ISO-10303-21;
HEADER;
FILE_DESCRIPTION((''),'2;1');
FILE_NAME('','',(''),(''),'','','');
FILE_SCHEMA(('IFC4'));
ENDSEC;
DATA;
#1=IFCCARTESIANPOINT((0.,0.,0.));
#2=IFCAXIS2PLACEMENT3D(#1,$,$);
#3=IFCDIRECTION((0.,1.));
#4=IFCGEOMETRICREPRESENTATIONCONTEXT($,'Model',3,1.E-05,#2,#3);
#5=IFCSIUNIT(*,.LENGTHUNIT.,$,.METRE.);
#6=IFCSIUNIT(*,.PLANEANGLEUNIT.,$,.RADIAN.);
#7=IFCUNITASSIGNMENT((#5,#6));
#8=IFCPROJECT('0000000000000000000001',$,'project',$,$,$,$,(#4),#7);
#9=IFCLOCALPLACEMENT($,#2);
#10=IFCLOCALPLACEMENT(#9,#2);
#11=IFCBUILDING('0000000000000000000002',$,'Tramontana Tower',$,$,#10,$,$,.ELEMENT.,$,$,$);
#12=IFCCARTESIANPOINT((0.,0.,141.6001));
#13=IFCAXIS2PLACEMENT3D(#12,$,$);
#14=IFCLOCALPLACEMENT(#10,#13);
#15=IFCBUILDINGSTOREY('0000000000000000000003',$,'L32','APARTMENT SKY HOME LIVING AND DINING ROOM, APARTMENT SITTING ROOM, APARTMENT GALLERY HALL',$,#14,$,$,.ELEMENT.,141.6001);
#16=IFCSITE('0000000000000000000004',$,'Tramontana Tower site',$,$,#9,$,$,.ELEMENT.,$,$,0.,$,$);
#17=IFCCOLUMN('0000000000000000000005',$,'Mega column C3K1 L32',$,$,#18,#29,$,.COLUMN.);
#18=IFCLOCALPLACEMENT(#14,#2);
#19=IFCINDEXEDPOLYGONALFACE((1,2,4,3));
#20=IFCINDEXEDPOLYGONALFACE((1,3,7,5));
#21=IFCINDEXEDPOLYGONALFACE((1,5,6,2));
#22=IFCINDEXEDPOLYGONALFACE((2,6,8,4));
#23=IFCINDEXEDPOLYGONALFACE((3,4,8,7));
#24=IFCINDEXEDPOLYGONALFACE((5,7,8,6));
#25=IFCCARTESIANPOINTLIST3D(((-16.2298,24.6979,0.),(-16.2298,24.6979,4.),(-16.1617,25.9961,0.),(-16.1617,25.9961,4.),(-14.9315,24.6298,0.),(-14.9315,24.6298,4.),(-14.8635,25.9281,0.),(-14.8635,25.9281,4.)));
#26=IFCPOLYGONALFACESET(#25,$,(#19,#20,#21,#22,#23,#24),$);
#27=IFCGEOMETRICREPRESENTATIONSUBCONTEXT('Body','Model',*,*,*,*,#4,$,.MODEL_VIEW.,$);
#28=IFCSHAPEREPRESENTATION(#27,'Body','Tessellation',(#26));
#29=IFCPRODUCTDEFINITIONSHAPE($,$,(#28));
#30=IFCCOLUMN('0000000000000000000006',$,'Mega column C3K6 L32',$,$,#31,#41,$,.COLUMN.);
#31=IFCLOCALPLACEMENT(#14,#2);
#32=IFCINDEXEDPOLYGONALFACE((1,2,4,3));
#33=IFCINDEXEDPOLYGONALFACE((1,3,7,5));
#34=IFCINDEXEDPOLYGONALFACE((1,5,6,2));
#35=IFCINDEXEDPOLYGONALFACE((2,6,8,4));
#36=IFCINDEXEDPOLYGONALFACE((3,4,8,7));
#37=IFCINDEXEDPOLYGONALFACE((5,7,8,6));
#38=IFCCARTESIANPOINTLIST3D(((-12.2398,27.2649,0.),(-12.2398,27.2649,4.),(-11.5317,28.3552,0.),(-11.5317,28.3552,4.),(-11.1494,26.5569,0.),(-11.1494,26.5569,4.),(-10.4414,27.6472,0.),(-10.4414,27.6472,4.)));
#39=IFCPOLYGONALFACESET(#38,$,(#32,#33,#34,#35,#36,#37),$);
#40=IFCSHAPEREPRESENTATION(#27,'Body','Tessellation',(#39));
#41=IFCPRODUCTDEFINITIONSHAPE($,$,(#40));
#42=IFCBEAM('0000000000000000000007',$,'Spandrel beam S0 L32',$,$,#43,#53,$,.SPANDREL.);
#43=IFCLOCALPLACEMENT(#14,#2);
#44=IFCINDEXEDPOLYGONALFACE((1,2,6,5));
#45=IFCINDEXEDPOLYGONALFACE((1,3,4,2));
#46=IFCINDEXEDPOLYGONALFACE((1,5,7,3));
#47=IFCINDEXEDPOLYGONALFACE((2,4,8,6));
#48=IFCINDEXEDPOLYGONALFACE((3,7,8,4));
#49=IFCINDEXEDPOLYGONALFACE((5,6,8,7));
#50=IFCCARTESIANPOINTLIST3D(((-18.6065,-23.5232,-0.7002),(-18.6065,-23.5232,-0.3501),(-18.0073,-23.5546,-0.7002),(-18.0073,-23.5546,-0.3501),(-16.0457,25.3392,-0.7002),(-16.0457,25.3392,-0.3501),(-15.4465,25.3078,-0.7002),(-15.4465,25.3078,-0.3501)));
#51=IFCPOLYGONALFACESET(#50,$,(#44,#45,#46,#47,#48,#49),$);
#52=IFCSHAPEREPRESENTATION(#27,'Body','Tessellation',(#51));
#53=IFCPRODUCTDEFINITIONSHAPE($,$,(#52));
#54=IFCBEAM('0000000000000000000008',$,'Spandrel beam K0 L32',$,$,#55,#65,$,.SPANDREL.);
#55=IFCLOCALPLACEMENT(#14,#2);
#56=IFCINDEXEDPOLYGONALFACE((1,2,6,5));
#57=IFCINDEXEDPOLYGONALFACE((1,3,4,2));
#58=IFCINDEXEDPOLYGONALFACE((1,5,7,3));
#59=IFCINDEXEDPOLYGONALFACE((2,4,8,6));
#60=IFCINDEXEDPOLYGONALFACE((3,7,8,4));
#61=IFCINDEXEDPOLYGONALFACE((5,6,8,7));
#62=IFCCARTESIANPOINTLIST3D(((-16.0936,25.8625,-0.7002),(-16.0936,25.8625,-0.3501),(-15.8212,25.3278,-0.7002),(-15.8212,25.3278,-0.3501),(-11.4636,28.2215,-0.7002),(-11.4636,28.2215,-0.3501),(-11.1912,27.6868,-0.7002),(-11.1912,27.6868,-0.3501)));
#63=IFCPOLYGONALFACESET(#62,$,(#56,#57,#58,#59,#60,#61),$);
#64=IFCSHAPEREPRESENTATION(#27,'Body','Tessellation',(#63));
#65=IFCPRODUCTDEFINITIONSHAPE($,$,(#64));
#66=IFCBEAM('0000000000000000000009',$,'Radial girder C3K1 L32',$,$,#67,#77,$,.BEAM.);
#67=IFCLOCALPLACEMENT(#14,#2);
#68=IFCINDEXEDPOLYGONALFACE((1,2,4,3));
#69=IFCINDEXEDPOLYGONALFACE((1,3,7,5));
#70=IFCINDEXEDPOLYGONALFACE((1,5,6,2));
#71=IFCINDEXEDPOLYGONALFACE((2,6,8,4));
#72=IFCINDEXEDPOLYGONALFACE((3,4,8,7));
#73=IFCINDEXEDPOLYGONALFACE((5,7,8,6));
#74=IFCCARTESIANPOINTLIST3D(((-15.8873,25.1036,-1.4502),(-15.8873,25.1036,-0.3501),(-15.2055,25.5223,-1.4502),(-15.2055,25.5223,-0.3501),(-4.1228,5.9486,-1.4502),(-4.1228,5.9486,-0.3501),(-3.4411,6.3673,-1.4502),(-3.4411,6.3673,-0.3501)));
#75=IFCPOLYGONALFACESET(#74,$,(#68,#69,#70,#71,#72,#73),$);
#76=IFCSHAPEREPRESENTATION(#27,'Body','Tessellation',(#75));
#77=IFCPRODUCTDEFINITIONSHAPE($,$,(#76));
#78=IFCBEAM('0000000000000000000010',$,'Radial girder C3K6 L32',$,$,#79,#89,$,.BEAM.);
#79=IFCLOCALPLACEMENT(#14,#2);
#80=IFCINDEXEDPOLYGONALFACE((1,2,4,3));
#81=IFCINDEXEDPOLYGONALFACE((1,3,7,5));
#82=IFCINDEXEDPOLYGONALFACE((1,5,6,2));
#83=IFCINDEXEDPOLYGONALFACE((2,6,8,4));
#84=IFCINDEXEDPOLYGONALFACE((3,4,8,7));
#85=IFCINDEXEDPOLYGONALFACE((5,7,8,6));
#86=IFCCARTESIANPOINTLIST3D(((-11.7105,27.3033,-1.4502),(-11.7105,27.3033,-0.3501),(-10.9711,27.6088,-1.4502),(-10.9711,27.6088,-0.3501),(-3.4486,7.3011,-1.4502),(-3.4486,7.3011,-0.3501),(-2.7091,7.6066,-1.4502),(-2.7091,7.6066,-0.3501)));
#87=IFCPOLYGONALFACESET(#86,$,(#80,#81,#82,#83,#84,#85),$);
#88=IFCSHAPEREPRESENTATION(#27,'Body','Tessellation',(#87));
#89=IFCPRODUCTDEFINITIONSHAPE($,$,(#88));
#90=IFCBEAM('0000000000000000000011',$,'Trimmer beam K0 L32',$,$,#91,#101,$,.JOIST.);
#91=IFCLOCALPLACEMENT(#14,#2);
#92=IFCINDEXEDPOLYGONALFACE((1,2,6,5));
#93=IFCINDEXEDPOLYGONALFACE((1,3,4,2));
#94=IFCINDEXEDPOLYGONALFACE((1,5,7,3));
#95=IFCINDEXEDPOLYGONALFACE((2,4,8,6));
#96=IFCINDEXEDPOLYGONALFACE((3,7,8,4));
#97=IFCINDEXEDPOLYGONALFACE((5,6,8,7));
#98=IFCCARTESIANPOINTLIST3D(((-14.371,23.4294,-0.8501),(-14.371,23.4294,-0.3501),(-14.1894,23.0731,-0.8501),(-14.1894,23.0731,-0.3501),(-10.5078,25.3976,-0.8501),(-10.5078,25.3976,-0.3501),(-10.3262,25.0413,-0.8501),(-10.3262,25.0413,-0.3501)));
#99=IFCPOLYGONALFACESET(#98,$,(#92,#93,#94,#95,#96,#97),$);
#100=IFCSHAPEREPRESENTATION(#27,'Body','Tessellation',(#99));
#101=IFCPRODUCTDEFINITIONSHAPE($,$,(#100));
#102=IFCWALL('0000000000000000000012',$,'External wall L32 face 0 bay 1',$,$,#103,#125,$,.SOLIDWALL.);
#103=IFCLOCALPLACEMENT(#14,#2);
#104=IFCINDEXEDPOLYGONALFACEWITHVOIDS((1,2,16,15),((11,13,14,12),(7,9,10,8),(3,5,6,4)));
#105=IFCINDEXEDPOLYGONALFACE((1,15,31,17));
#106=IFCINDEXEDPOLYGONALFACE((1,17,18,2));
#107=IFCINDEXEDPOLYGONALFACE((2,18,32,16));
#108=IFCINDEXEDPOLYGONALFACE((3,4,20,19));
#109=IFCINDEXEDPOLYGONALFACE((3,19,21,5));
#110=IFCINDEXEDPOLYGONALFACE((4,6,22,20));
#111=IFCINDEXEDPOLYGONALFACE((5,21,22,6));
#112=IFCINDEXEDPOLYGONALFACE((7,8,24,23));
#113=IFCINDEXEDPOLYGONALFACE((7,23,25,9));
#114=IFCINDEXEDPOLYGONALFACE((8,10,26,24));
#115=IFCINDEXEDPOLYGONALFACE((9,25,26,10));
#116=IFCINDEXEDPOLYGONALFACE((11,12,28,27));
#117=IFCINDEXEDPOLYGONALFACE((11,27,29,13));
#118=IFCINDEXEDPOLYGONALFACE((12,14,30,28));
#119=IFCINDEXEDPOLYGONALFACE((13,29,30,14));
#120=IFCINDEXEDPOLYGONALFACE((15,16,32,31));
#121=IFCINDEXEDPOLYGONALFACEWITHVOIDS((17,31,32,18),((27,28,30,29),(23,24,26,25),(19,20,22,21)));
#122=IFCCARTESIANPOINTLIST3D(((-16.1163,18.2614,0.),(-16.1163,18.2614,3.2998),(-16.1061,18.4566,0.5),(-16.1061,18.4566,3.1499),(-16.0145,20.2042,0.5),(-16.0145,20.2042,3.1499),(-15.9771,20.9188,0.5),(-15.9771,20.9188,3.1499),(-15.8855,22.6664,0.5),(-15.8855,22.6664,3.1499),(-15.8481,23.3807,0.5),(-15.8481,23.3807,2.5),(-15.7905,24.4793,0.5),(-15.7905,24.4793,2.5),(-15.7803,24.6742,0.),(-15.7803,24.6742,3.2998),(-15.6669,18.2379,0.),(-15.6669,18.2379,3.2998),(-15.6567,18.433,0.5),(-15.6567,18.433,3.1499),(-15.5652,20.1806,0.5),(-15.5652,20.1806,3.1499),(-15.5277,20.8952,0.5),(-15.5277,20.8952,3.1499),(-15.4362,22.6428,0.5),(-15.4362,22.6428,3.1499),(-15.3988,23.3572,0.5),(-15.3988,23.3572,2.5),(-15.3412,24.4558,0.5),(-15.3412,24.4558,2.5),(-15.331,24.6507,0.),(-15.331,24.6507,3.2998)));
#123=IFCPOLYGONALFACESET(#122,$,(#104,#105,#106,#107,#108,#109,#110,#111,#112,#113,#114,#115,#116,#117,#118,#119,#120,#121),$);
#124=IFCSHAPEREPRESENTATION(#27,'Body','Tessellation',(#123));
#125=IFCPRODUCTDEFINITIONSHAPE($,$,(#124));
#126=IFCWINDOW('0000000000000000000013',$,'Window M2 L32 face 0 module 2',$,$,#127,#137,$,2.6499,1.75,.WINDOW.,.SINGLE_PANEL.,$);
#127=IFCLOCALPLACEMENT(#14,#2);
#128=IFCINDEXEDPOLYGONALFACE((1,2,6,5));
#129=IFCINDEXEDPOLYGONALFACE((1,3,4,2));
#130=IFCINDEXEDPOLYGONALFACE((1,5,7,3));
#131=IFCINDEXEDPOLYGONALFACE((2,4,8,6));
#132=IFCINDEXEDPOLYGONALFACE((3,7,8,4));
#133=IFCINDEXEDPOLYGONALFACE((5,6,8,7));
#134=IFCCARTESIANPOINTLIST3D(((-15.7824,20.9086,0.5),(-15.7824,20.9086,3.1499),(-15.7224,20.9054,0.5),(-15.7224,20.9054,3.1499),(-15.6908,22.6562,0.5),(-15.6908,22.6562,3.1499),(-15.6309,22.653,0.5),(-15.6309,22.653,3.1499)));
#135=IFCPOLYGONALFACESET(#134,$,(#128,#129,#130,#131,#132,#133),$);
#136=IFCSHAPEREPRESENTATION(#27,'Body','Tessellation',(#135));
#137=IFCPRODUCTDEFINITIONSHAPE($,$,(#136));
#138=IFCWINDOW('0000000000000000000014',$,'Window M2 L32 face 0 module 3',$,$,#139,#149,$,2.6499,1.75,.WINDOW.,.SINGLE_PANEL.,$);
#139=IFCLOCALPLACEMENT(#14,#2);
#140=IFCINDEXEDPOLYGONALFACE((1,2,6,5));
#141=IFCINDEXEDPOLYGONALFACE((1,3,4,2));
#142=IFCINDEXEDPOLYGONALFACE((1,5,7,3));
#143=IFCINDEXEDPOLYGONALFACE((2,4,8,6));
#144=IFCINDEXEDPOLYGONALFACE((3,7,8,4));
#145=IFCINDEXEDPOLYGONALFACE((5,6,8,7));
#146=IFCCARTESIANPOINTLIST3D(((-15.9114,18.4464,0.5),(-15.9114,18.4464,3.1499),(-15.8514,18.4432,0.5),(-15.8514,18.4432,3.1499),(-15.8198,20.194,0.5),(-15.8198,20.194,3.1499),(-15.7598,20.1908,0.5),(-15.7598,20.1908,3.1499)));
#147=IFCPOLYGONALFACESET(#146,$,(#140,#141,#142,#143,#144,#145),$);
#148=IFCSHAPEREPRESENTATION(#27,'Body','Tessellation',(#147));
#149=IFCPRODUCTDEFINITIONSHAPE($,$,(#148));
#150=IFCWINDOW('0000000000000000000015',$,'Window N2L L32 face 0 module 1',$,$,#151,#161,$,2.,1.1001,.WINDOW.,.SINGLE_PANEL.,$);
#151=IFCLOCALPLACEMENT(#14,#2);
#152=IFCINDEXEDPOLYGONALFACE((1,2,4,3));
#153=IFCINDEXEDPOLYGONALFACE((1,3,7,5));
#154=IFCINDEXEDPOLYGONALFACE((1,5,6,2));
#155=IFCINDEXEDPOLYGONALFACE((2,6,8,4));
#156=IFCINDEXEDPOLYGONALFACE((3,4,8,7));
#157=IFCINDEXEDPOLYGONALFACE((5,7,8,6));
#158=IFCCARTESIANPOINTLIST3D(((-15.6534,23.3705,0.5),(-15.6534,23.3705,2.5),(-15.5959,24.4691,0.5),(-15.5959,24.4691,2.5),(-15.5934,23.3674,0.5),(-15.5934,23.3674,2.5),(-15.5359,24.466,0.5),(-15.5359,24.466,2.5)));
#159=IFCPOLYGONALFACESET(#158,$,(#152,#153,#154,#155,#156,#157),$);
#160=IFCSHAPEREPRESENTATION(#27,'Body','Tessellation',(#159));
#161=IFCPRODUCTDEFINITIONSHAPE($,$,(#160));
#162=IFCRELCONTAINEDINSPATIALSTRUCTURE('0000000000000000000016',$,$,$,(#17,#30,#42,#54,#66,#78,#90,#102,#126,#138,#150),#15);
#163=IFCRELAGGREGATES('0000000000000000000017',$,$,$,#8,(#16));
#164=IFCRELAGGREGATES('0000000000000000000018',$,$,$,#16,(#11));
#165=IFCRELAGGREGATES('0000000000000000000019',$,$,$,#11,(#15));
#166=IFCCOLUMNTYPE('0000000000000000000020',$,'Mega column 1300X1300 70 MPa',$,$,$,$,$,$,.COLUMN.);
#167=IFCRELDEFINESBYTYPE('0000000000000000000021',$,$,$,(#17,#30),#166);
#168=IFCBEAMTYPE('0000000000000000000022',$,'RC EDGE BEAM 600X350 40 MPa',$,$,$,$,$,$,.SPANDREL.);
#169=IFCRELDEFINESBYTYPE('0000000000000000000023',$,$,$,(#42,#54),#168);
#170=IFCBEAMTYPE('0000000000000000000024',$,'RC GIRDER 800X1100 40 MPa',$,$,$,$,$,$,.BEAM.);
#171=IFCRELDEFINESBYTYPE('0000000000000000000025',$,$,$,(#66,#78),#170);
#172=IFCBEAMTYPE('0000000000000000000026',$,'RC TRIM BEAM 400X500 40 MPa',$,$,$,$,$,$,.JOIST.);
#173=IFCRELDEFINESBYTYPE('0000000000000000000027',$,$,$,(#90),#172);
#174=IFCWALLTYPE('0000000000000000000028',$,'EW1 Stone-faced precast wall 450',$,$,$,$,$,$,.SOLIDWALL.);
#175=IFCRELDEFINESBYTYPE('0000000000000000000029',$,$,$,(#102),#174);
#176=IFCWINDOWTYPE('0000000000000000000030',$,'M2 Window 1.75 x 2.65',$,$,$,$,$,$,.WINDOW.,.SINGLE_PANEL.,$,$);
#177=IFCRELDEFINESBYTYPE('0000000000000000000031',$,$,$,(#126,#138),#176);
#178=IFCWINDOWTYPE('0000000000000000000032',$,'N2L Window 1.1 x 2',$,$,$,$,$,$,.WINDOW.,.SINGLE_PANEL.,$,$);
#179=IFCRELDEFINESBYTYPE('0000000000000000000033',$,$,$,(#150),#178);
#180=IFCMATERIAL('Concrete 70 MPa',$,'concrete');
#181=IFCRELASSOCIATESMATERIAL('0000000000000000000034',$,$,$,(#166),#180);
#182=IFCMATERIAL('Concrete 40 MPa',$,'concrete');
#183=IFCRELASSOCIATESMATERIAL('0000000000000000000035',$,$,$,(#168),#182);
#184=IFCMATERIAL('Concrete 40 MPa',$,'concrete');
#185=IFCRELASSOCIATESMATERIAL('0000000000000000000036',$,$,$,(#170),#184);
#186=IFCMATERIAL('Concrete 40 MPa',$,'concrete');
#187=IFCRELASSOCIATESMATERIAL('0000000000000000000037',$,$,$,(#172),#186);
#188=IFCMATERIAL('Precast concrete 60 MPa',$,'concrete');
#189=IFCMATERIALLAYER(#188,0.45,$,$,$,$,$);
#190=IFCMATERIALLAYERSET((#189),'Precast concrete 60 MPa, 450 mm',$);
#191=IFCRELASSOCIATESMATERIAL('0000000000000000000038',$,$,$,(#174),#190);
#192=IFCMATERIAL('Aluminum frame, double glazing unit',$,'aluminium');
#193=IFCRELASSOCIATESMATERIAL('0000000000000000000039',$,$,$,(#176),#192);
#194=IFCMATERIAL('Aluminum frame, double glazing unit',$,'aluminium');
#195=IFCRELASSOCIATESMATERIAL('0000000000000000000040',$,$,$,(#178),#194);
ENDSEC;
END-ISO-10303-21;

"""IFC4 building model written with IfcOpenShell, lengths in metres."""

from ifc_helpers import new_model, si_unit, direction, frame, frame_2d, origin, origin_2d, place, context, subcontext, project, spatial, rectangle, extrude, material, layer, layer_set, material_profile, profile_set, type_object, element, fill, save


model = new_model("IFC4")

# Units and contexts
model_context = context("Model", 3, precision=1e-05, world=origin(), true_north=direction((0.0, 1.0)))
body_context = subcontext(model_context, "Body", "Model", "MODEL_VIEW")
ifc_project = project(units=[si_unit("LENGTHUNIT", "METRE"), si_unit("PLANEANGLEUNIT", "RADIAN")], contexts=[model_context])

# Site, building, storey
site_placement = place(None, origin())
site = spatial("IfcSite", under=ifc_project, at=site_placement, Name="Tramontana Tower site", CompositionType="ELEMENT", RefElevation=0.0)
building_placement = place(site_placement, origin())
building = spatial("IfcBuilding", under=site, at=building_placement, Name="Tramontana Tower", CompositionType="ELEMENT")
storey_placement = place(building_placement, frame((0.0, 0.0, 141.6001)))
storey = spatial("IfcBuildingStorey", under=building, at=storey_placement, Name="L32", Description="APARTMENT SKY HOME LIVING AND DINING ROOM, APARTMENT SITTING ROOM, APARTMENT GALLERY HALL", CompositionType="ELEMENT", Elevation=141.6001)

# Columns
ifc_material_1 = material(Name="Concrete 70 MPa", Category="concrete")
ifc_material_profile_1 = material_profile(ifc_material_1, rectangle(XDim=1.3, YDim=1.3, at=origin_2d()), Name="Mega column 1300X1300 70 MPa")
ifc_profile_set_1 = profile_set([ifc_material_profile_1], Name="Concrete 70 MPa")
column_type = type_object("IfcColumnType", Name="Mega column 1300X1300 70 MPa", PredefinedType="COLUMN", material=ifc_profile_set_1)
for number, where, z_axis, x_axis, name in (
    (1, (-15.5466, 25.313, 0.0), (0.0, 0.0, 1.0), (-0.052336, -0.99863, 0.0), "Mega column C3K1 L32"),
    (2, (-11.3406, 27.4561, 0.0), (0.0, 0.0, 1.0), (-0.838671, 0.544639, 0.0), "Mega column C3K6 L32"),
):
    element("IfcColumn", number, at=place(storey_placement, frame(where, z_axis=z_axis, x_axis=x_axis)), inside=storey, type_object=column_type, Name=name, PredefinedType="COLUMN", context=body_context, shape_type="SweptSolid", body=[
        extrude(rectangle(XDim=1.3, YDim=1.3, at=origin_2d()), origin(), (0.0, 0.0, 1.0), 4.0),
    ])

# Beams
ifc_material_2 = material(Name="Concrete 40 MPa", Category="concrete")
ifc_material_profile_2 = material_profile(ifc_material_2, rectangle(XDim=0.6001, YDim=0.3501, at=origin_2d()), Name="RC EDGE BEAM 600X350 40 MPa")
ifc_profile_set_2 = profile_set([ifc_material_profile_2], Name="Concrete 40 MPa")
beam_type_1 = type_object("IfcBeamType", Name="RC EDGE BEAM 600X350 40 MPa", PredefinedType="SPANDREL", material=ifc_profile_set_2)
beam_1_placement = place(storey_placement, frame((-15.7461, 25.3235, -0.5251), z_axis=(-0.052336, -0.99863, 0.0), x_axis=(0.99863, -0.052336, 0.0)))
element("IfcBeam", 3, at=beam_1_placement, inside=storey, type_object=beam_type_1, Name="Spandrel beam S0 L32", PredefinedType="SPANDREL", context=body_context, shape_type="SweptSolid", body=[
    extrude(rectangle(XDim=0.6001, YDim=0.3501, at=origin_2d()), origin(), (0.0, 0.0, 1.0), 48.9294),
])
beam_2_placement = place(storey_placement, frame((-11.3274, 27.9541, -0.5251), z_axis=(-0.891019, -0.453967, 0.0), x_axis=(0.453967, -0.891019, 0.0)))
element("IfcBeam", 4, at=beam_2_placement, inside=storey, type_object=beam_type_1, Name="Spandrel beam K0 L32", PredefinedType="SPANDREL", context=body_context, shape_type="SweptSolid", body=[
    extrude(rectangle(XDim=0.6001, YDim=0.3501, at=origin_2d()), origin(), (0.0, 0.0, 1.0), 5.1963),
])
ifc_material_3 = material(Name="Concrete 40 MPa", Category="concrete")
ifc_material_profile_3 = material_profile(ifc_material_3, rectangle(XDim=0.8, YDim=1.1001, at=origin_2d()), Name="RC GIRDER 800X1100 40 MPa")
ifc_profile_set_3 = profile_set([ifc_material_profile_3], Name="Concrete 40 MPa")
beam_type_2 = type_object("IfcBeamType", Name="RC GIRDER 800X1100 40 MPa", PredefinedType="BEAM", material=ifc_profile_set_3)
beam_3_placement = place(storey_placement, frame((-15.5464, 25.313, -0.9001), z_axis=(0.523345, -0.852121, 0.0), x_axis=(0.852121, 0.523345, 0.0)))
element("IfcBeam", 5, at=beam_3_placement, inside=storey, type_object=beam_type_2, Name="Radial girder C3K1 L32", PredefinedType="BEAM", context=body_context, shape_type="SweptSolid", body=[
    extrude(rectangle(XDim=0.8, YDim=1.1001, at=origin_2d()), origin(), (0.0, 0.0, 1.0), 22.4792),
])
beam_4_placement = place(storey_placement, frame((-11.3408, 27.4561, -0.9001), z_axis=(0.381767, -0.924258, 0.0), x_axis=(0.924258, 0.381767, 0.0)))
element("IfcBeam", 6, at=beam_4_placement, inside=storey, type_object=beam_type_2, Name="Radial girder C3K6 L32", PredefinedType="BEAM", context=body_context, shape_type="SweptSolid", body=[
    extrude(rectangle(XDim=0.8, YDim=1.1001, at=origin_2d()), origin(), (0.0, 0.0, 1.0), 21.6414),
])
ifc_material_4 = material(Name="Concrete 40 MPa", Category="concrete")
ifc_material_profile_4 = material_profile(ifc_material_4, rectangle(XDim=0.3999, YDim=0.5, at=origin_2d()), Name="RC TRIM BEAM 400X500 40 MPa")
ifc_profile_set_4 = profile_set([ifc_material_profile_4], Name="Concrete 40 MPa")
beam_type_3 = type_object("IfcBeamType", Name="RC TRIM BEAM 400X500 40 MPa", PredefinedType="JOIST", material=ifc_profile_set_4)
beam_5_placement = place(storey_placement, frame((-10.417, 25.2195, -0.6001), z_axis=(-0.891023, -0.453958, 0.0), x_axis=(0.453958, -0.891023, 0.0)))
element("IfcBeam", 7, at=beam_5_placement, inside=storey, type_object=beam_type_3, Name="Trimmer beam K0 L32", PredefinedType="JOIST", context=body_context, shape_type="SweptSolid", body=[
    extrude(rectangle(XDim=0.3999, YDim=0.5, at=origin_2d()), origin(), (0.0, 0.0, 1.0), 4.3357),
])

# Wall, openings, windows
ifc_material_5 = material(Name="Precast concrete 60 MPa", Category="concrete")
ifc_layer = layer(ifc_material_5, 0.45)
ifc_layer_set = layer_set([ifc_layer], Name="Precast concrete 60 MPa, 450 mm")
wall_type = type_object("IfcWallType", Name="EW1 Stone-faced precast wall 450", PredefinedType="SOLIDWALL", material=ifc_layer_set)
wall_placement = place(storey_placement, frame((-15.5557, 24.6626, 0.0), z_axis=(0.0, 0.0, 1.0), x_axis=(-0.052313, -0.998631, 0.0)))
wall = element("IfcWall", 8, at=wall_placement, inside=storey, type_object=wall_type, Name="External wall L32 face 0 bay 1", PredefinedType="SOLIDWALL", context=body_context, shape_type="SweptSolid", body=[
    extrude(rectangle(XDim=6.4216, YDim=0.45, at=frame_2d((3.2109, 0.0))), origin(), (0.0, 0.0, 1.0), 3.2998),
])
opening_1_placement = place(wall_placement, frame((0.1953, 0.0, 0.5)))
opening_1 = element("IfcOpeningElement", 9, at=opening_1_placement, cuts=wall, PredefinedType="OPENING", context=body_context, shape_type="SweptSolid", body=[
    extrude(rectangle(XDim=1.1001, YDim=2.0, at=frame_2d((0.55, 1.0))), frame((0.0, 0.2349, 0.0), z_axis=(0.0, -1.0, 0.0), x_axis=(1.0, 0.0, 0.0)), (0.0, 0.0, 1.0), 0.47),
])
opening_2_placement = place(wall_placement, frame((2.0107, 0.0, 0.5)))
opening_2 = element("IfcOpeningElement", 10, at=opening_2_placement, cuts=wall, PredefinedType="OPENING", context=body_context, shape_type="SweptSolid", body=[
    extrude(rectangle(XDim=1.75, YDim=2.6499, at=frame_2d((0.875, 1.325))), frame((0.0, 0.2349, 0.0), z_axis=(0.0, -1.0, 0.0), x_axis=(1.0, 0.0, 0.0)), (0.0, 0.0, 1.0), 0.47),
])
opening_3_placement = place(wall_placement, frame((4.4763, 0.0, 0.5)))
opening_3 = element("IfcOpeningElement", 11, at=opening_3_placement, cuts=wall, PredefinedType="OPENING", context=body_context, shape_type="SweptSolid", body=[
    extrude(rectangle(XDim=1.75, YDim=2.6499, at=frame_2d((0.875, 1.325))), frame((0.0, 0.2349, 0.0), z_axis=(0.0, -1.0, 0.0), x_axis=(1.0, 0.0, 0.0)), (0.0, 0.0, 1.0), 0.47),
])
ifc_material_6 = material(Name="Aluminum frame, double glazing unit", Category="aluminium")
window_type_1 = type_object("IfcWindowType", Name="M2 Window 1.75 x 2.65", PartitioningType="SINGLE_PANEL", PredefinedType="WINDOW", material=ifc_material_6)
window_1_placement = place(opening_2_placement, origin())
window_1 = element("IfcWindow", 12, at=window_1_placement, inside=storey, type_object=window_type_1, Name="Window M2 L32 face 0 module 2", OverallHeight=2.6499, OverallWidth=1.75, PartitioningType="SINGLE_PANEL", PredefinedType="WINDOW", context=body_context, shape_type="SweptSolid", body=[
    extrude(rectangle(XDim=1.75, YDim=2.6499, at=frame_2d((0.875, 1.325))), frame((0.0, 0.03, 0.0), z_axis=(0.0, -1.0, 0.0), x_axis=(1.0, 0.0, 0.0)), (0.0, 0.0, 1.0), 0.0601),
])
fill(opening_2, window_1)
window_2_placement = place(opening_3_placement, origin())
window_2 = element("IfcWindow", 13, at=window_2_placement, inside=storey, type_object=window_type_1, Name="Window M2 L32 face 0 module 3", OverallHeight=2.6499, OverallWidth=1.75, PartitioningType="SINGLE_PANEL", PredefinedType="WINDOW", context=body_context, shape_type="SweptSolid", body=[
    extrude(rectangle(XDim=1.75, YDim=2.6499, at=frame_2d((0.875, 1.325))), frame((0.0, 0.03, 0.0), z_axis=(0.0, -1.0, 0.0), x_axis=(1.0, 0.0, 0.0)), (0.0, 0.0, 1.0), 0.0601),
])
fill(opening_3, window_2)
ifc_material_7 = material(Name="Aluminum frame, double glazing unit", Category="aluminium")
window_type_2 = type_object("IfcWindowType", Name="N2L Window 1.1 x 2", PartitioningType="SINGLE_PANEL", PredefinedType="WINDOW", material=ifc_material_7)
window_3_placement = place(opening_1_placement, origin())
window_3 = element("IfcWindow", 14, at=window_3_placement, inside=storey, type_object=window_type_2, Name="Window N2L L32 face 0 module 1", OverallHeight=2.0, OverallWidth=1.1001, PartitioningType="SINGLE_PANEL", PredefinedType="WINDOW", context=body_context, shape_type="SweptSolid", body=[
    extrude(rectangle(XDim=1.1001, YDim=2.0, at=frame_2d((0.55, 1.0))), frame((0.0, 0.03, 0.0), z_axis=(0.0, -1.0, 0.0), x_axis=(1.0, 0.0, 0.0)), (0.0, 0.0, 1.0), 0.0601),
])
fill(opening_1, window_3)

save(model, "model.ifc")
